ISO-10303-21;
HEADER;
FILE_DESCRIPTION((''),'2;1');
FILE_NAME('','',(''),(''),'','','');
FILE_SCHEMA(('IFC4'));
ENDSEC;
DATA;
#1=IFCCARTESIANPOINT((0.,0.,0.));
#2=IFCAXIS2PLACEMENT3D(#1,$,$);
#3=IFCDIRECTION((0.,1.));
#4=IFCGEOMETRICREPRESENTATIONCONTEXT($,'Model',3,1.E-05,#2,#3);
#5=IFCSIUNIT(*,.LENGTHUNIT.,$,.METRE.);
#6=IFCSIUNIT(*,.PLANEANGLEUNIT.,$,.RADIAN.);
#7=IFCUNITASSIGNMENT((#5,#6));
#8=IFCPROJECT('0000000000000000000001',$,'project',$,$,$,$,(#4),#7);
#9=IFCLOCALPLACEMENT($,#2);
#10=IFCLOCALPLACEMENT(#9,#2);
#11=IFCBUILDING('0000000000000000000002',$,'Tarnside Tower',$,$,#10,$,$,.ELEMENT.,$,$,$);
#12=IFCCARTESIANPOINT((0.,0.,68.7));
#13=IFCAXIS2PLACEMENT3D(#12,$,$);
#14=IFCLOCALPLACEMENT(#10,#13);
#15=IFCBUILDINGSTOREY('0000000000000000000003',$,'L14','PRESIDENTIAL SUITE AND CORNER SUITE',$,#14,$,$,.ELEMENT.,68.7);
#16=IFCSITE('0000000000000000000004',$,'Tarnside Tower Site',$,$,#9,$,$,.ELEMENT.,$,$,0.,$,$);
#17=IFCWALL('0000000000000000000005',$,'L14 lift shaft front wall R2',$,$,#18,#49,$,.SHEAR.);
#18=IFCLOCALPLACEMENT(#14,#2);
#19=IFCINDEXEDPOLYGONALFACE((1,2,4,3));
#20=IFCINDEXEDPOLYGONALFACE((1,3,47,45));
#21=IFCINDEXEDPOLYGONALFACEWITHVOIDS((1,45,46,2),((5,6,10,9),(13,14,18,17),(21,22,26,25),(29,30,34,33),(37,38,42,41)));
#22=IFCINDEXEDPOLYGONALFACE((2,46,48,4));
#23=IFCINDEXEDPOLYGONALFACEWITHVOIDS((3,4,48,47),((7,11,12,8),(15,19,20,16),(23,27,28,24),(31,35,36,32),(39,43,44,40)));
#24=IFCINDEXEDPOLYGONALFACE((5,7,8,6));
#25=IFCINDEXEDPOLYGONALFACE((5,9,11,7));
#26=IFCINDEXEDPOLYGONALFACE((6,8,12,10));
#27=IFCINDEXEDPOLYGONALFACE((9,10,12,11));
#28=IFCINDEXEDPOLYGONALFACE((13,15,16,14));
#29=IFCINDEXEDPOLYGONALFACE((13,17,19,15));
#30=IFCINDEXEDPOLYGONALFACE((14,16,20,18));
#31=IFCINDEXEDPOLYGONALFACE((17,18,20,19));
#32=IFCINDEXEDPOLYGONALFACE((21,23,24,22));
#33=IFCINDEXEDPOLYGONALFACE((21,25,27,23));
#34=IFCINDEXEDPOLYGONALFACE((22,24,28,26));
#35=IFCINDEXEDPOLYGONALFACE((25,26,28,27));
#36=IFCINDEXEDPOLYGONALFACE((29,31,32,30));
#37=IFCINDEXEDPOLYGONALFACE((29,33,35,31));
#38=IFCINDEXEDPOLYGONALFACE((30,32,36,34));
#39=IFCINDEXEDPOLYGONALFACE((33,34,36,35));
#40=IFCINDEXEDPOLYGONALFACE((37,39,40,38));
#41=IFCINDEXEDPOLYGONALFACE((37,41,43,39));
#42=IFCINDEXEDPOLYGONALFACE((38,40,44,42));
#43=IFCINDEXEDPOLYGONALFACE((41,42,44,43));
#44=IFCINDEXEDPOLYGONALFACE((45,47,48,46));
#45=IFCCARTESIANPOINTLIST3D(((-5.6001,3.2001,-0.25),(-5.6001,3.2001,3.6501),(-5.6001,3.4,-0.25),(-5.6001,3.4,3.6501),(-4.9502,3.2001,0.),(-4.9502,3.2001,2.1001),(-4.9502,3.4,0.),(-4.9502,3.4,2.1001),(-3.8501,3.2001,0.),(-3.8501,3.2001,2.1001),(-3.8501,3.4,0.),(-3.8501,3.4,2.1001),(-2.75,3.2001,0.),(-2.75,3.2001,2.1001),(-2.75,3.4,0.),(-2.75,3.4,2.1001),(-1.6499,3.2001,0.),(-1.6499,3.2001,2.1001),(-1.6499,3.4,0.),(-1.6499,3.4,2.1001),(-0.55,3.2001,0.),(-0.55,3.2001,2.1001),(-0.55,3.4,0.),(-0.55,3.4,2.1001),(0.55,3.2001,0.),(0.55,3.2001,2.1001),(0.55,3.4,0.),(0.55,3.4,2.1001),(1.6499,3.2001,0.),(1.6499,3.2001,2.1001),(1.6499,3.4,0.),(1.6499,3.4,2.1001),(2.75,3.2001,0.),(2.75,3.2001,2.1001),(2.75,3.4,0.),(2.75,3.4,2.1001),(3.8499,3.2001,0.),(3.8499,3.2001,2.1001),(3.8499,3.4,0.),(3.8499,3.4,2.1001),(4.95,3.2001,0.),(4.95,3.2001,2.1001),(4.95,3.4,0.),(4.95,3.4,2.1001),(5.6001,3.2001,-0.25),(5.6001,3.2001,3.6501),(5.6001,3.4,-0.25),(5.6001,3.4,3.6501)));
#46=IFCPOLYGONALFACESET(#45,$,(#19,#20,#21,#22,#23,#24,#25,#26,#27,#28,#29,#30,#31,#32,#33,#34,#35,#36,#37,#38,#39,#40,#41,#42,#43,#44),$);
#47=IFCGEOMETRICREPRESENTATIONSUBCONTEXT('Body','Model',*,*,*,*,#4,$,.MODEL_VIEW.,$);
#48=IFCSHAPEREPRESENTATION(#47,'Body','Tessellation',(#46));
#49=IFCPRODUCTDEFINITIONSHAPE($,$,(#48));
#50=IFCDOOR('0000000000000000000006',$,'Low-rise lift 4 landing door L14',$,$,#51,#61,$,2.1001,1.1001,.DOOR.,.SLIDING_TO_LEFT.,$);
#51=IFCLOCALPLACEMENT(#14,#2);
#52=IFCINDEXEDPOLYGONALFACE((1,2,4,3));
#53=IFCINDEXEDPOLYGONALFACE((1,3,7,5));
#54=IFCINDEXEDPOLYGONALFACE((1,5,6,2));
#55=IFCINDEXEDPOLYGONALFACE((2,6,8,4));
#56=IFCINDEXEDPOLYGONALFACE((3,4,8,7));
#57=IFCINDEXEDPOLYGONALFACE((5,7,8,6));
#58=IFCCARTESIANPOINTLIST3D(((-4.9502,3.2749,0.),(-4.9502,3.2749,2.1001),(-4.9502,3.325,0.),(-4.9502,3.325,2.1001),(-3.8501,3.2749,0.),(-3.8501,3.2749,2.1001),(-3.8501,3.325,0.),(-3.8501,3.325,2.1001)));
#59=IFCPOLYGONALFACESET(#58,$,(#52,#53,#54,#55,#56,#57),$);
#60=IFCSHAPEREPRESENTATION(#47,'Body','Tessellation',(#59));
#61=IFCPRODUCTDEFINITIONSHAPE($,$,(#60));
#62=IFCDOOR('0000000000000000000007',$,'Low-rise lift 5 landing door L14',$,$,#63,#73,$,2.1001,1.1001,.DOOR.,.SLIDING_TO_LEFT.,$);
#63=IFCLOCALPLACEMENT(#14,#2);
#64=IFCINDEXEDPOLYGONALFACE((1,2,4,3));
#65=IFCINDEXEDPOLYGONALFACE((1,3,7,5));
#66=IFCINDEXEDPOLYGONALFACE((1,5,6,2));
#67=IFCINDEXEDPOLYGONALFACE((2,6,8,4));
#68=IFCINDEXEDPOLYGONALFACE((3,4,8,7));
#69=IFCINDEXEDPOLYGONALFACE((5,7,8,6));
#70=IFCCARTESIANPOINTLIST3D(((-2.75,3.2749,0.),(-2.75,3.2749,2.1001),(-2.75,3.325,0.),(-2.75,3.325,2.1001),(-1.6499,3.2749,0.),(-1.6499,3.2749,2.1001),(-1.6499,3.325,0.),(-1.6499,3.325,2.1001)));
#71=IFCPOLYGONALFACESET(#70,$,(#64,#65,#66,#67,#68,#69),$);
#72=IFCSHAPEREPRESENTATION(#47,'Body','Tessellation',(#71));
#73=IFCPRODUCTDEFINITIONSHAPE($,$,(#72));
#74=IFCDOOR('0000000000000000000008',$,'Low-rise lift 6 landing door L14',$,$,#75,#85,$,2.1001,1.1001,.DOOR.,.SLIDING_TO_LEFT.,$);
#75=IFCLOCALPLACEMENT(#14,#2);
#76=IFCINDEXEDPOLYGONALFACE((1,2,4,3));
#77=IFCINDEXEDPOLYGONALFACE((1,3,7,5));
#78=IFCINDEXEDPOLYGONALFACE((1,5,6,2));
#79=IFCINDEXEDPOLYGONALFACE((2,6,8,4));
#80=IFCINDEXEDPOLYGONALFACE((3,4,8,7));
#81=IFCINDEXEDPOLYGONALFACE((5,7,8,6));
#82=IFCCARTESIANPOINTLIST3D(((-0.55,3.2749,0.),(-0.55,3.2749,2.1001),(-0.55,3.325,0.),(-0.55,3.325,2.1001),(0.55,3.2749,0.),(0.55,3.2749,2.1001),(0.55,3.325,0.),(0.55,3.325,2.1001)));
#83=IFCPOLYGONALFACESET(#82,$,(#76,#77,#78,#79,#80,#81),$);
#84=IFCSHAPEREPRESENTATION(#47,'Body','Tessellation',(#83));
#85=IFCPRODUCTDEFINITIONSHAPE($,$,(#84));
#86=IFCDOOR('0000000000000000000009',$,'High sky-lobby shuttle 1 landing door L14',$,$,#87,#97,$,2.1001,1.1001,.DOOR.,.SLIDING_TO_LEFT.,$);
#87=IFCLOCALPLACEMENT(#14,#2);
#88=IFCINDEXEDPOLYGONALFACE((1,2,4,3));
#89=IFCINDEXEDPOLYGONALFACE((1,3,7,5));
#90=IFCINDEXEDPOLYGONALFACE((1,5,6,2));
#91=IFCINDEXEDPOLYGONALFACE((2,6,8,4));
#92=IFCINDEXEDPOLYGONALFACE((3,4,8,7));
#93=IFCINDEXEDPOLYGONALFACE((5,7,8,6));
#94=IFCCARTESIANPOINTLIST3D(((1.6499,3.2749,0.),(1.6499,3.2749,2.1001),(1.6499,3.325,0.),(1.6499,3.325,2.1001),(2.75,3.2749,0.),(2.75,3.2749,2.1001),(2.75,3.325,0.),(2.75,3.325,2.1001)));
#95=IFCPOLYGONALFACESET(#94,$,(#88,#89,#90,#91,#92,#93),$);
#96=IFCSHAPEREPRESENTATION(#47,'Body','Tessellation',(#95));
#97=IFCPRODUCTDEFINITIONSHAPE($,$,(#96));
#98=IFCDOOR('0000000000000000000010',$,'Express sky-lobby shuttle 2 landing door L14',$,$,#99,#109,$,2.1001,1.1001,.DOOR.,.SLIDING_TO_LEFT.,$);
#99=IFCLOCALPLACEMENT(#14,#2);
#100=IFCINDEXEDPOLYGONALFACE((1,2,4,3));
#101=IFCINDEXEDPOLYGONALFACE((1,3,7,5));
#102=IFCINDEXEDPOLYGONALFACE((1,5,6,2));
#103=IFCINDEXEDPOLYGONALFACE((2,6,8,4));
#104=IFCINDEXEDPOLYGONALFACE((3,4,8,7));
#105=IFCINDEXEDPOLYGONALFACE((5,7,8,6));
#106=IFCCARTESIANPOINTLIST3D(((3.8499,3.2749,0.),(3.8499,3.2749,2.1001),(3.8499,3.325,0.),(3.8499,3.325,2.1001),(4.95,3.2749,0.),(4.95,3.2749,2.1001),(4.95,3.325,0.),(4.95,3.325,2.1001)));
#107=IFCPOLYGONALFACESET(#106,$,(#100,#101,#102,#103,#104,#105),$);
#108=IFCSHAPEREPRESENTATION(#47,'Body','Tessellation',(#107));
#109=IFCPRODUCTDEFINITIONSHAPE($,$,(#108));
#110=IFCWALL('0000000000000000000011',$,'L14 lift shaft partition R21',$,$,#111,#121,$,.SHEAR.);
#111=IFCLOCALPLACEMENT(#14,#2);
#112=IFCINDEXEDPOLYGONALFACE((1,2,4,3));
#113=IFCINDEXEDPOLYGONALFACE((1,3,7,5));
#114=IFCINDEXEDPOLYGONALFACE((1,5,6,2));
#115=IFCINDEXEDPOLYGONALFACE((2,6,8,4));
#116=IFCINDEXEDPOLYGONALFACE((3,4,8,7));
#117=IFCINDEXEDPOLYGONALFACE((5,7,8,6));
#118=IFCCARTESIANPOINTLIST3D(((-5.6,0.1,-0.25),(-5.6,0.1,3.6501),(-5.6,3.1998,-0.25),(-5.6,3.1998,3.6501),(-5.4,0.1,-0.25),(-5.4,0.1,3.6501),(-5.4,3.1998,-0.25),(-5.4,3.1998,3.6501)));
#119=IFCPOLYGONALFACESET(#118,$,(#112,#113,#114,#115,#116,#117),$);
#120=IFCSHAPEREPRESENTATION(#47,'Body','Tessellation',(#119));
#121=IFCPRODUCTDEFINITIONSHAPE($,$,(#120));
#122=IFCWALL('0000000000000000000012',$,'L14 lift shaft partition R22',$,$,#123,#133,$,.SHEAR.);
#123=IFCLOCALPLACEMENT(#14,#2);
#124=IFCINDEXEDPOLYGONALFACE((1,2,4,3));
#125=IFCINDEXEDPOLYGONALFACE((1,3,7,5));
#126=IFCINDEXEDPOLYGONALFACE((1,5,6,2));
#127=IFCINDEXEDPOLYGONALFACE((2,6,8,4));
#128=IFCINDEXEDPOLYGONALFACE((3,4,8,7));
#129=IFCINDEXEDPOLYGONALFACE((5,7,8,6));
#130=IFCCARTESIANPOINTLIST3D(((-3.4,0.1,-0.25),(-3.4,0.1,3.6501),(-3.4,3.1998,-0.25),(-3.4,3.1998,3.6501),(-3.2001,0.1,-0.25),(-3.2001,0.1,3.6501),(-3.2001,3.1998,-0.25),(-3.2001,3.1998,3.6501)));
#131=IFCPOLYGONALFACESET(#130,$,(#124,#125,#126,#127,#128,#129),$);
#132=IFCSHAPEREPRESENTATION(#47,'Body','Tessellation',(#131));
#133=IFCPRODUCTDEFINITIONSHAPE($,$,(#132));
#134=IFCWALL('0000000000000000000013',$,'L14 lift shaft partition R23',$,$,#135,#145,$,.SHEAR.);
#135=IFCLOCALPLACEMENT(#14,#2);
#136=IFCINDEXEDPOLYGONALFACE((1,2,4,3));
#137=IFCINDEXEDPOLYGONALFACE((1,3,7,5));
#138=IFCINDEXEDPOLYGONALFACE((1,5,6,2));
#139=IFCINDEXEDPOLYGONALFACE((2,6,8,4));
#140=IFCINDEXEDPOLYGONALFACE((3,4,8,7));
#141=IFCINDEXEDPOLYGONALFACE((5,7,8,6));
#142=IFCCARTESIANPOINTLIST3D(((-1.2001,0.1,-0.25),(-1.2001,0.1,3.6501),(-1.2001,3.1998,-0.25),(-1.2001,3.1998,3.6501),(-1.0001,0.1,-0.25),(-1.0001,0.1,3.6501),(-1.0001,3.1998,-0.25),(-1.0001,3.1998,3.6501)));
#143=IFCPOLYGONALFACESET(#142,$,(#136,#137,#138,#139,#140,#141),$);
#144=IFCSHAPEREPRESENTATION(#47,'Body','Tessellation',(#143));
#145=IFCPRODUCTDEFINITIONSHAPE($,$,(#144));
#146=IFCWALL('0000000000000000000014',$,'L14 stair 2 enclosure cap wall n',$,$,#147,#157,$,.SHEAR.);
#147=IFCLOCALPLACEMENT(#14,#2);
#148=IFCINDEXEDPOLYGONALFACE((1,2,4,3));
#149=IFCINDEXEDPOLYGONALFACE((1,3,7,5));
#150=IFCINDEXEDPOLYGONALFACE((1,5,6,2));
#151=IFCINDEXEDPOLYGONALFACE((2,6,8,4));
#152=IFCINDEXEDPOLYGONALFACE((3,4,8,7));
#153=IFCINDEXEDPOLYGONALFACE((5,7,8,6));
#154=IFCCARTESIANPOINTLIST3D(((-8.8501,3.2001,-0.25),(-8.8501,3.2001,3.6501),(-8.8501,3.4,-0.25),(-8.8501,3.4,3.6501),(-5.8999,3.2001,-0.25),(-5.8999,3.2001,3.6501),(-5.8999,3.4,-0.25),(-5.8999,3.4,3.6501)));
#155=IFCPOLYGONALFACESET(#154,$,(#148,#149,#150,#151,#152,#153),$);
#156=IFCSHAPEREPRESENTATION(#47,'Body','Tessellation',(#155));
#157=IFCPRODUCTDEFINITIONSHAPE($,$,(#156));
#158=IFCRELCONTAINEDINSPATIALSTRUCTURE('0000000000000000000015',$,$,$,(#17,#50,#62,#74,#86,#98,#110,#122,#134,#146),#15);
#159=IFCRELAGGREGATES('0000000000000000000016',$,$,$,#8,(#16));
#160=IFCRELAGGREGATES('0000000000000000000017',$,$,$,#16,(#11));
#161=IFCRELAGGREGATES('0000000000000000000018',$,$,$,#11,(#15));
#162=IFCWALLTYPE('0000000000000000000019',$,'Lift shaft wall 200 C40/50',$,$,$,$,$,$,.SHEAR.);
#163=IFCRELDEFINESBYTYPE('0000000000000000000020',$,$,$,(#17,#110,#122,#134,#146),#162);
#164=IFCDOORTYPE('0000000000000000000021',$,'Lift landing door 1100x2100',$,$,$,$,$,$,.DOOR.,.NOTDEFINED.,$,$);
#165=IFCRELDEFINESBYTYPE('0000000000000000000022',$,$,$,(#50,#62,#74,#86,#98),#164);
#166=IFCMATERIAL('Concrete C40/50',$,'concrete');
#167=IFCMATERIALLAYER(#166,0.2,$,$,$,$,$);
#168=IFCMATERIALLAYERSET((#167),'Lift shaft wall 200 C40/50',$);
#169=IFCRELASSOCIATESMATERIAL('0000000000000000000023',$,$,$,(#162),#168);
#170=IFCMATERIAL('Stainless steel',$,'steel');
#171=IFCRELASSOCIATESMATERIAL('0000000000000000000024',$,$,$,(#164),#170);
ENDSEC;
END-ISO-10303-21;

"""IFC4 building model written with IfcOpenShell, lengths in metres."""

from ifc_helpers import new_model, si_unit, direction, frame, frame_2d, origin, place, context, subcontext, project, spatial, rectangle, extrude, material, layer, layer_set, type_object, element, fill, save


model = new_model("IFC4")

# Units and contexts
model_context = context("Model", 3, precision=1e-05, world=origin(), true_north=direction((0.0, 1.0)))
body_context = subcontext(model_context, "Body", "Model", "MODEL_VIEW")
ifc_project = project(units=[si_unit("LENGTHUNIT", "METRE"), si_unit("PLANEANGLEUNIT", "RADIAN")], contexts=[model_context])

# Site, building, storey
site_placement = place(None, origin())
site = spatial("IfcSite", under=ifc_project, at=site_placement, Name="Tarnside Tower Site", CompositionType="ELEMENT", RefElevation=0.0)
building_placement = place(site_placement, origin())
building = spatial("IfcBuilding", under=site, at=building_placement, Name="Tarnside Tower", CompositionType="ELEMENT")
storey_placement = place(building_placement, frame((0.0, 0.0, 68.7)))
storey = spatial("IfcBuildingStorey", under=building, at=storey_placement, Name="L14", Description="PRESIDENTIAL SUITE AND CORNER SUITE", CompositionType="ELEMENT", Elevation=68.7)

# Shared definitions
ifc_material_1 = material(Name="Concrete C40/50", Category="concrete")

# Wall, openings, doors
ifc_layer_1 = layer(ifc_material_1, 0.2)
ifc_layer_set_1 = layer_set([ifc_layer_1], Name="Lift shaft wall 200 C40/50")
wall_type_1 = type_object("IfcWallType", Name="Lift shaft wall 200 C40/50", PredefinedType="SHEAR", material=ifc_layer_set_1)
wall_1_placement = place(storey_placement, frame((-5.6001, 3.3, -0.25), z_axis=(0.0, 0.0, 1.0), x_axis=(1.0, 0.0, 0.0)))
wall_1 = element("IfcWall", 1, at=wall_1_placement, inside=storey, type_object=wall_type_1, Name="L14 lift shaft front wall R2", PredefinedType="SHEAR", context=body_context, shape_type="SweptSolid", body=[
    extrude(rectangle(XDim=11.2002, YDim=0.2, at=frame_2d((5.6001, 0.0))), origin(), (0.0, 0.0, 1.0), 3.9001),
])
opening_1_placement = place(wall_1_placement, frame((0.6499, 0.0, 0.25)))
opening_1 = element("IfcOpeningElement", 2, at=opening_1_placement, cuts=wall_1, PredefinedType="OPENING", context=body_context, shape_type="SweptSolid", body=[
    extrude(rectangle(XDim=1.1001, YDim=2.1001, at=frame_2d((0.55, 1.05))), frame((0.0, 0.1099, 0.0), z_axis=(0.0, -1.0, 0.0), x_axis=(1.0, 0.0, 0.0)), (0.0, 0.0, 1.0), 0.22),
])
opening_2_placement = place(wall_1_placement, frame((2.8501, 0.0, 0.25)))
opening_2 = element("IfcOpeningElement", 3, at=opening_2_placement, cuts=wall_1, PredefinedType="OPENING", context=body_context, shape_type="SweptSolid", body=[
    extrude(rectangle(XDim=1.1001, YDim=2.1001, at=frame_2d((0.55, 1.05))), frame((0.0, 0.1099, 0.0), z_axis=(0.0, -1.0, 0.0), x_axis=(1.0, 0.0, 0.0)), (0.0, 0.0, 1.0), 0.22),
])
opening_3_placement = place(wall_1_placement, frame((5.05, 0.0, 0.25)))
opening_3 = element("IfcOpeningElement", 4, at=opening_3_placement, cuts=wall_1, PredefinedType="OPENING", context=body_context, shape_type="SweptSolid", body=[
    extrude(rectangle(XDim=1.1001, YDim=2.1001, at=frame_2d((0.55, 1.05))), frame((0.0, 0.1099, 0.0), z_axis=(0.0, -1.0, 0.0), x_axis=(1.0, 0.0, 0.0)), (0.0, 0.0, 1.0), 0.22),
])
opening_4_placement = place(wall_1_placement, frame((7.25, 0.0, 0.25)))
opening_4 = element("IfcOpeningElement", 5, at=opening_4_placement, cuts=wall_1, PredefinedType="OPENING", context=body_context, shape_type="SweptSolid", body=[
    extrude(rectangle(XDim=1.1001, YDim=2.1001, at=frame_2d((0.55, 1.05))), frame((0.0, 0.1099, 0.0), z_axis=(0.0, -1.0, 0.0), x_axis=(1.0, 0.0, 0.0)), (0.0, 0.0, 1.0), 0.22),
])
opening_5_placement = place(wall_1_placement, frame((9.45, 0.0, 0.25)))
opening_5 = element("IfcOpeningElement", 6, at=opening_5_placement, cuts=wall_1, PredefinedType="OPENING", context=body_context, shape_type="SweptSolid", body=[
    extrude(rectangle(XDim=1.1001, YDim=2.1001, at=frame_2d((0.55, 1.05))), frame((0.0, 0.1099, 0.0), z_axis=(0.0, -1.0, 0.0), x_axis=(1.0, 0.0, 0.0)), (0.0, 0.0, 1.0), 0.22),
])
ifc_material_2 = material(Name="Stainless steel", Category="steel")
door_type_1 = type_object("IfcDoorType", Name="Lift landing door 1100x2100", OperationType="NOTDEFINED", PredefinedType="DOOR", material=ifc_material_2)
door_1_placement = place(opening_1_placement, origin())
door_1 = element("IfcDoor", 7, at=door_1_placement, inside=storey, type_object=door_type_1, Name="Low-rise lift 4 landing door L14", OperationType="SLIDING_TO_LEFT", OverallHeight=2.1001, OverallWidth=1.1001, PredefinedType="DOOR", context=body_context, shape_type="SweptSolid", body=[
    extrude(rectangle(XDim=1.1001, YDim=2.1001, at=frame_2d((0.55, 1.05))), frame((0.0, 0.0249, 0.0), z_axis=(0.0, -1.0, 0.0), x_axis=(1.0, 0.0, 0.0)), (0.0, 0.0, 1.0), 0.05),
])
fill(opening_1, door_1)
door_2_placement = place(opening_2_placement, origin())
door_2 = element("IfcDoor", 8, at=door_2_placement, inside=storey, type_object=door_type_1, Name="Low-rise lift 5 landing door L14", OperationType="SLIDING_TO_LEFT", OverallHeight=2.1001, OverallWidth=1.1001, PredefinedType="DOOR", context=body_context, shape_type="SweptSolid", body=[
    extrude(rectangle(XDim=1.1001, YDim=2.1001, at=frame_2d((0.55, 1.05))), frame((0.0, 0.0249, 0.0), z_axis=(0.0, -1.0, 0.0), x_axis=(1.0, 0.0, 0.0)), (0.0, 0.0, 1.0), 0.05),
])
fill(opening_2, door_2)
door_3_placement = place(opening_3_placement, origin())
door_3 = element("IfcDoor", 9, at=door_3_placement, inside=storey, type_object=door_type_1, Name="Low-rise lift 6 landing door L14", OperationType="SLIDING_TO_LEFT", OverallHeight=2.1001, OverallWidth=1.1001, PredefinedType="DOOR", context=body_context, shape_type="SweptSolid", body=[
    extrude(rectangle(XDim=1.1001, YDim=2.1001, at=frame_2d((0.55, 1.05))), frame((0.0, 0.0249, 0.0), z_axis=(0.0, -1.0, 0.0), x_axis=(1.0, 0.0, 0.0)), (0.0, 0.0, 1.0), 0.05),
])
fill(opening_3, door_3)
door_4_placement = place(opening_4_placement, origin())
door_4 = element("IfcDoor", 10, at=door_4_placement, inside=storey, type_object=door_type_1, Name="High sky-lobby shuttle 1 landing door L14", OperationType="SLIDING_TO_LEFT", OverallHeight=2.1001, OverallWidth=1.1001, PredefinedType="DOOR", context=body_context, shape_type="SweptSolid", body=[
    extrude(rectangle(XDim=1.1001, YDim=2.1001, at=frame_2d((0.55, 1.05))), frame((0.0, 0.0249, 0.0), z_axis=(0.0, -1.0, 0.0), x_axis=(1.0, 0.0, 0.0)), (0.0, 0.0, 1.0), 0.05),
])
fill(opening_4, door_4)
door_5_placement = place(opening_5_placement, origin())
door_5 = element("IfcDoor", 11, at=door_5_placement, inside=storey, type_object=door_type_1, Name="Express sky-lobby shuttle 2 landing door L14", OperationType="SLIDING_TO_LEFT", OverallHeight=2.1001, OverallWidth=1.1001, PredefinedType="DOOR", context=body_context, shape_type="SweptSolid", body=[
    extrude(rectangle(XDim=1.1001, YDim=2.1001, at=frame_2d((0.55, 1.05))), frame((0.0, 0.0249, 0.0), z_axis=(0.0, -1.0, 0.0), x_axis=(1.0, 0.0, 0.0)), (0.0, 0.0, 1.0), 0.05),
])
fill(opening_5, door_5)

# Walls
for number, where, z_axis, x_axis, name in (
    (12, (-5.5, 0.1001, -0.25), (0.0, 0.0, 1.0), (0.0, 1.0, 0.0), "L14 lift shaft partition R21"),
    (13, (-3.3, 0.1001, -0.25), (0.0, 0.0, 1.0), (0.0, 1.0, 0.0), "L14 lift shaft partition R22"),
    (14, (-1.1001, 0.1001, -0.25), (0.0, 0.0, 1.0), (0.0, 1.0, 0.0), "L14 lift shaft partition R23"),
):
    element("IfcWall", number, at=place(storey_placement, frame(where, z_axis=z_axis, x_axis=x_axis)), inside=storey, type_object=wall_type_1, Name=name, PredefinedType="SHEAR", context=body_context, shape_type="SweptSolid", body=[
        extrude(rectangle(XDim=3.0999, YDim=0.2, at=frame_2d((1.5498, 0.0))), origin(), (0.0, 0.0, 1.0), 3.9001),
    ])
wall_2_placement = place(storey_placement, frame((-8.8501, 3.3, -0.25), z_axis=(0.0, 0.0, 1.0), x_axis=(1.0, 0.0, 0.0)))
element("IfcWall", 15, at=wall_2_placement, inside=storey, type_object=wall_type_1, Name="L14 stair 2 enclosure cap wall n", PredefinedType="SHEAR", context=body_context, shape_type="SweptSolid", body=[
    extrude(rectangle(XDim=2.9502, YDim=0.2, at=frame_2d((1.4751, 0.0))), origin(), (0.0, 0.0, 1.0), 3.9001),
])

save(model, "model.ifc")
